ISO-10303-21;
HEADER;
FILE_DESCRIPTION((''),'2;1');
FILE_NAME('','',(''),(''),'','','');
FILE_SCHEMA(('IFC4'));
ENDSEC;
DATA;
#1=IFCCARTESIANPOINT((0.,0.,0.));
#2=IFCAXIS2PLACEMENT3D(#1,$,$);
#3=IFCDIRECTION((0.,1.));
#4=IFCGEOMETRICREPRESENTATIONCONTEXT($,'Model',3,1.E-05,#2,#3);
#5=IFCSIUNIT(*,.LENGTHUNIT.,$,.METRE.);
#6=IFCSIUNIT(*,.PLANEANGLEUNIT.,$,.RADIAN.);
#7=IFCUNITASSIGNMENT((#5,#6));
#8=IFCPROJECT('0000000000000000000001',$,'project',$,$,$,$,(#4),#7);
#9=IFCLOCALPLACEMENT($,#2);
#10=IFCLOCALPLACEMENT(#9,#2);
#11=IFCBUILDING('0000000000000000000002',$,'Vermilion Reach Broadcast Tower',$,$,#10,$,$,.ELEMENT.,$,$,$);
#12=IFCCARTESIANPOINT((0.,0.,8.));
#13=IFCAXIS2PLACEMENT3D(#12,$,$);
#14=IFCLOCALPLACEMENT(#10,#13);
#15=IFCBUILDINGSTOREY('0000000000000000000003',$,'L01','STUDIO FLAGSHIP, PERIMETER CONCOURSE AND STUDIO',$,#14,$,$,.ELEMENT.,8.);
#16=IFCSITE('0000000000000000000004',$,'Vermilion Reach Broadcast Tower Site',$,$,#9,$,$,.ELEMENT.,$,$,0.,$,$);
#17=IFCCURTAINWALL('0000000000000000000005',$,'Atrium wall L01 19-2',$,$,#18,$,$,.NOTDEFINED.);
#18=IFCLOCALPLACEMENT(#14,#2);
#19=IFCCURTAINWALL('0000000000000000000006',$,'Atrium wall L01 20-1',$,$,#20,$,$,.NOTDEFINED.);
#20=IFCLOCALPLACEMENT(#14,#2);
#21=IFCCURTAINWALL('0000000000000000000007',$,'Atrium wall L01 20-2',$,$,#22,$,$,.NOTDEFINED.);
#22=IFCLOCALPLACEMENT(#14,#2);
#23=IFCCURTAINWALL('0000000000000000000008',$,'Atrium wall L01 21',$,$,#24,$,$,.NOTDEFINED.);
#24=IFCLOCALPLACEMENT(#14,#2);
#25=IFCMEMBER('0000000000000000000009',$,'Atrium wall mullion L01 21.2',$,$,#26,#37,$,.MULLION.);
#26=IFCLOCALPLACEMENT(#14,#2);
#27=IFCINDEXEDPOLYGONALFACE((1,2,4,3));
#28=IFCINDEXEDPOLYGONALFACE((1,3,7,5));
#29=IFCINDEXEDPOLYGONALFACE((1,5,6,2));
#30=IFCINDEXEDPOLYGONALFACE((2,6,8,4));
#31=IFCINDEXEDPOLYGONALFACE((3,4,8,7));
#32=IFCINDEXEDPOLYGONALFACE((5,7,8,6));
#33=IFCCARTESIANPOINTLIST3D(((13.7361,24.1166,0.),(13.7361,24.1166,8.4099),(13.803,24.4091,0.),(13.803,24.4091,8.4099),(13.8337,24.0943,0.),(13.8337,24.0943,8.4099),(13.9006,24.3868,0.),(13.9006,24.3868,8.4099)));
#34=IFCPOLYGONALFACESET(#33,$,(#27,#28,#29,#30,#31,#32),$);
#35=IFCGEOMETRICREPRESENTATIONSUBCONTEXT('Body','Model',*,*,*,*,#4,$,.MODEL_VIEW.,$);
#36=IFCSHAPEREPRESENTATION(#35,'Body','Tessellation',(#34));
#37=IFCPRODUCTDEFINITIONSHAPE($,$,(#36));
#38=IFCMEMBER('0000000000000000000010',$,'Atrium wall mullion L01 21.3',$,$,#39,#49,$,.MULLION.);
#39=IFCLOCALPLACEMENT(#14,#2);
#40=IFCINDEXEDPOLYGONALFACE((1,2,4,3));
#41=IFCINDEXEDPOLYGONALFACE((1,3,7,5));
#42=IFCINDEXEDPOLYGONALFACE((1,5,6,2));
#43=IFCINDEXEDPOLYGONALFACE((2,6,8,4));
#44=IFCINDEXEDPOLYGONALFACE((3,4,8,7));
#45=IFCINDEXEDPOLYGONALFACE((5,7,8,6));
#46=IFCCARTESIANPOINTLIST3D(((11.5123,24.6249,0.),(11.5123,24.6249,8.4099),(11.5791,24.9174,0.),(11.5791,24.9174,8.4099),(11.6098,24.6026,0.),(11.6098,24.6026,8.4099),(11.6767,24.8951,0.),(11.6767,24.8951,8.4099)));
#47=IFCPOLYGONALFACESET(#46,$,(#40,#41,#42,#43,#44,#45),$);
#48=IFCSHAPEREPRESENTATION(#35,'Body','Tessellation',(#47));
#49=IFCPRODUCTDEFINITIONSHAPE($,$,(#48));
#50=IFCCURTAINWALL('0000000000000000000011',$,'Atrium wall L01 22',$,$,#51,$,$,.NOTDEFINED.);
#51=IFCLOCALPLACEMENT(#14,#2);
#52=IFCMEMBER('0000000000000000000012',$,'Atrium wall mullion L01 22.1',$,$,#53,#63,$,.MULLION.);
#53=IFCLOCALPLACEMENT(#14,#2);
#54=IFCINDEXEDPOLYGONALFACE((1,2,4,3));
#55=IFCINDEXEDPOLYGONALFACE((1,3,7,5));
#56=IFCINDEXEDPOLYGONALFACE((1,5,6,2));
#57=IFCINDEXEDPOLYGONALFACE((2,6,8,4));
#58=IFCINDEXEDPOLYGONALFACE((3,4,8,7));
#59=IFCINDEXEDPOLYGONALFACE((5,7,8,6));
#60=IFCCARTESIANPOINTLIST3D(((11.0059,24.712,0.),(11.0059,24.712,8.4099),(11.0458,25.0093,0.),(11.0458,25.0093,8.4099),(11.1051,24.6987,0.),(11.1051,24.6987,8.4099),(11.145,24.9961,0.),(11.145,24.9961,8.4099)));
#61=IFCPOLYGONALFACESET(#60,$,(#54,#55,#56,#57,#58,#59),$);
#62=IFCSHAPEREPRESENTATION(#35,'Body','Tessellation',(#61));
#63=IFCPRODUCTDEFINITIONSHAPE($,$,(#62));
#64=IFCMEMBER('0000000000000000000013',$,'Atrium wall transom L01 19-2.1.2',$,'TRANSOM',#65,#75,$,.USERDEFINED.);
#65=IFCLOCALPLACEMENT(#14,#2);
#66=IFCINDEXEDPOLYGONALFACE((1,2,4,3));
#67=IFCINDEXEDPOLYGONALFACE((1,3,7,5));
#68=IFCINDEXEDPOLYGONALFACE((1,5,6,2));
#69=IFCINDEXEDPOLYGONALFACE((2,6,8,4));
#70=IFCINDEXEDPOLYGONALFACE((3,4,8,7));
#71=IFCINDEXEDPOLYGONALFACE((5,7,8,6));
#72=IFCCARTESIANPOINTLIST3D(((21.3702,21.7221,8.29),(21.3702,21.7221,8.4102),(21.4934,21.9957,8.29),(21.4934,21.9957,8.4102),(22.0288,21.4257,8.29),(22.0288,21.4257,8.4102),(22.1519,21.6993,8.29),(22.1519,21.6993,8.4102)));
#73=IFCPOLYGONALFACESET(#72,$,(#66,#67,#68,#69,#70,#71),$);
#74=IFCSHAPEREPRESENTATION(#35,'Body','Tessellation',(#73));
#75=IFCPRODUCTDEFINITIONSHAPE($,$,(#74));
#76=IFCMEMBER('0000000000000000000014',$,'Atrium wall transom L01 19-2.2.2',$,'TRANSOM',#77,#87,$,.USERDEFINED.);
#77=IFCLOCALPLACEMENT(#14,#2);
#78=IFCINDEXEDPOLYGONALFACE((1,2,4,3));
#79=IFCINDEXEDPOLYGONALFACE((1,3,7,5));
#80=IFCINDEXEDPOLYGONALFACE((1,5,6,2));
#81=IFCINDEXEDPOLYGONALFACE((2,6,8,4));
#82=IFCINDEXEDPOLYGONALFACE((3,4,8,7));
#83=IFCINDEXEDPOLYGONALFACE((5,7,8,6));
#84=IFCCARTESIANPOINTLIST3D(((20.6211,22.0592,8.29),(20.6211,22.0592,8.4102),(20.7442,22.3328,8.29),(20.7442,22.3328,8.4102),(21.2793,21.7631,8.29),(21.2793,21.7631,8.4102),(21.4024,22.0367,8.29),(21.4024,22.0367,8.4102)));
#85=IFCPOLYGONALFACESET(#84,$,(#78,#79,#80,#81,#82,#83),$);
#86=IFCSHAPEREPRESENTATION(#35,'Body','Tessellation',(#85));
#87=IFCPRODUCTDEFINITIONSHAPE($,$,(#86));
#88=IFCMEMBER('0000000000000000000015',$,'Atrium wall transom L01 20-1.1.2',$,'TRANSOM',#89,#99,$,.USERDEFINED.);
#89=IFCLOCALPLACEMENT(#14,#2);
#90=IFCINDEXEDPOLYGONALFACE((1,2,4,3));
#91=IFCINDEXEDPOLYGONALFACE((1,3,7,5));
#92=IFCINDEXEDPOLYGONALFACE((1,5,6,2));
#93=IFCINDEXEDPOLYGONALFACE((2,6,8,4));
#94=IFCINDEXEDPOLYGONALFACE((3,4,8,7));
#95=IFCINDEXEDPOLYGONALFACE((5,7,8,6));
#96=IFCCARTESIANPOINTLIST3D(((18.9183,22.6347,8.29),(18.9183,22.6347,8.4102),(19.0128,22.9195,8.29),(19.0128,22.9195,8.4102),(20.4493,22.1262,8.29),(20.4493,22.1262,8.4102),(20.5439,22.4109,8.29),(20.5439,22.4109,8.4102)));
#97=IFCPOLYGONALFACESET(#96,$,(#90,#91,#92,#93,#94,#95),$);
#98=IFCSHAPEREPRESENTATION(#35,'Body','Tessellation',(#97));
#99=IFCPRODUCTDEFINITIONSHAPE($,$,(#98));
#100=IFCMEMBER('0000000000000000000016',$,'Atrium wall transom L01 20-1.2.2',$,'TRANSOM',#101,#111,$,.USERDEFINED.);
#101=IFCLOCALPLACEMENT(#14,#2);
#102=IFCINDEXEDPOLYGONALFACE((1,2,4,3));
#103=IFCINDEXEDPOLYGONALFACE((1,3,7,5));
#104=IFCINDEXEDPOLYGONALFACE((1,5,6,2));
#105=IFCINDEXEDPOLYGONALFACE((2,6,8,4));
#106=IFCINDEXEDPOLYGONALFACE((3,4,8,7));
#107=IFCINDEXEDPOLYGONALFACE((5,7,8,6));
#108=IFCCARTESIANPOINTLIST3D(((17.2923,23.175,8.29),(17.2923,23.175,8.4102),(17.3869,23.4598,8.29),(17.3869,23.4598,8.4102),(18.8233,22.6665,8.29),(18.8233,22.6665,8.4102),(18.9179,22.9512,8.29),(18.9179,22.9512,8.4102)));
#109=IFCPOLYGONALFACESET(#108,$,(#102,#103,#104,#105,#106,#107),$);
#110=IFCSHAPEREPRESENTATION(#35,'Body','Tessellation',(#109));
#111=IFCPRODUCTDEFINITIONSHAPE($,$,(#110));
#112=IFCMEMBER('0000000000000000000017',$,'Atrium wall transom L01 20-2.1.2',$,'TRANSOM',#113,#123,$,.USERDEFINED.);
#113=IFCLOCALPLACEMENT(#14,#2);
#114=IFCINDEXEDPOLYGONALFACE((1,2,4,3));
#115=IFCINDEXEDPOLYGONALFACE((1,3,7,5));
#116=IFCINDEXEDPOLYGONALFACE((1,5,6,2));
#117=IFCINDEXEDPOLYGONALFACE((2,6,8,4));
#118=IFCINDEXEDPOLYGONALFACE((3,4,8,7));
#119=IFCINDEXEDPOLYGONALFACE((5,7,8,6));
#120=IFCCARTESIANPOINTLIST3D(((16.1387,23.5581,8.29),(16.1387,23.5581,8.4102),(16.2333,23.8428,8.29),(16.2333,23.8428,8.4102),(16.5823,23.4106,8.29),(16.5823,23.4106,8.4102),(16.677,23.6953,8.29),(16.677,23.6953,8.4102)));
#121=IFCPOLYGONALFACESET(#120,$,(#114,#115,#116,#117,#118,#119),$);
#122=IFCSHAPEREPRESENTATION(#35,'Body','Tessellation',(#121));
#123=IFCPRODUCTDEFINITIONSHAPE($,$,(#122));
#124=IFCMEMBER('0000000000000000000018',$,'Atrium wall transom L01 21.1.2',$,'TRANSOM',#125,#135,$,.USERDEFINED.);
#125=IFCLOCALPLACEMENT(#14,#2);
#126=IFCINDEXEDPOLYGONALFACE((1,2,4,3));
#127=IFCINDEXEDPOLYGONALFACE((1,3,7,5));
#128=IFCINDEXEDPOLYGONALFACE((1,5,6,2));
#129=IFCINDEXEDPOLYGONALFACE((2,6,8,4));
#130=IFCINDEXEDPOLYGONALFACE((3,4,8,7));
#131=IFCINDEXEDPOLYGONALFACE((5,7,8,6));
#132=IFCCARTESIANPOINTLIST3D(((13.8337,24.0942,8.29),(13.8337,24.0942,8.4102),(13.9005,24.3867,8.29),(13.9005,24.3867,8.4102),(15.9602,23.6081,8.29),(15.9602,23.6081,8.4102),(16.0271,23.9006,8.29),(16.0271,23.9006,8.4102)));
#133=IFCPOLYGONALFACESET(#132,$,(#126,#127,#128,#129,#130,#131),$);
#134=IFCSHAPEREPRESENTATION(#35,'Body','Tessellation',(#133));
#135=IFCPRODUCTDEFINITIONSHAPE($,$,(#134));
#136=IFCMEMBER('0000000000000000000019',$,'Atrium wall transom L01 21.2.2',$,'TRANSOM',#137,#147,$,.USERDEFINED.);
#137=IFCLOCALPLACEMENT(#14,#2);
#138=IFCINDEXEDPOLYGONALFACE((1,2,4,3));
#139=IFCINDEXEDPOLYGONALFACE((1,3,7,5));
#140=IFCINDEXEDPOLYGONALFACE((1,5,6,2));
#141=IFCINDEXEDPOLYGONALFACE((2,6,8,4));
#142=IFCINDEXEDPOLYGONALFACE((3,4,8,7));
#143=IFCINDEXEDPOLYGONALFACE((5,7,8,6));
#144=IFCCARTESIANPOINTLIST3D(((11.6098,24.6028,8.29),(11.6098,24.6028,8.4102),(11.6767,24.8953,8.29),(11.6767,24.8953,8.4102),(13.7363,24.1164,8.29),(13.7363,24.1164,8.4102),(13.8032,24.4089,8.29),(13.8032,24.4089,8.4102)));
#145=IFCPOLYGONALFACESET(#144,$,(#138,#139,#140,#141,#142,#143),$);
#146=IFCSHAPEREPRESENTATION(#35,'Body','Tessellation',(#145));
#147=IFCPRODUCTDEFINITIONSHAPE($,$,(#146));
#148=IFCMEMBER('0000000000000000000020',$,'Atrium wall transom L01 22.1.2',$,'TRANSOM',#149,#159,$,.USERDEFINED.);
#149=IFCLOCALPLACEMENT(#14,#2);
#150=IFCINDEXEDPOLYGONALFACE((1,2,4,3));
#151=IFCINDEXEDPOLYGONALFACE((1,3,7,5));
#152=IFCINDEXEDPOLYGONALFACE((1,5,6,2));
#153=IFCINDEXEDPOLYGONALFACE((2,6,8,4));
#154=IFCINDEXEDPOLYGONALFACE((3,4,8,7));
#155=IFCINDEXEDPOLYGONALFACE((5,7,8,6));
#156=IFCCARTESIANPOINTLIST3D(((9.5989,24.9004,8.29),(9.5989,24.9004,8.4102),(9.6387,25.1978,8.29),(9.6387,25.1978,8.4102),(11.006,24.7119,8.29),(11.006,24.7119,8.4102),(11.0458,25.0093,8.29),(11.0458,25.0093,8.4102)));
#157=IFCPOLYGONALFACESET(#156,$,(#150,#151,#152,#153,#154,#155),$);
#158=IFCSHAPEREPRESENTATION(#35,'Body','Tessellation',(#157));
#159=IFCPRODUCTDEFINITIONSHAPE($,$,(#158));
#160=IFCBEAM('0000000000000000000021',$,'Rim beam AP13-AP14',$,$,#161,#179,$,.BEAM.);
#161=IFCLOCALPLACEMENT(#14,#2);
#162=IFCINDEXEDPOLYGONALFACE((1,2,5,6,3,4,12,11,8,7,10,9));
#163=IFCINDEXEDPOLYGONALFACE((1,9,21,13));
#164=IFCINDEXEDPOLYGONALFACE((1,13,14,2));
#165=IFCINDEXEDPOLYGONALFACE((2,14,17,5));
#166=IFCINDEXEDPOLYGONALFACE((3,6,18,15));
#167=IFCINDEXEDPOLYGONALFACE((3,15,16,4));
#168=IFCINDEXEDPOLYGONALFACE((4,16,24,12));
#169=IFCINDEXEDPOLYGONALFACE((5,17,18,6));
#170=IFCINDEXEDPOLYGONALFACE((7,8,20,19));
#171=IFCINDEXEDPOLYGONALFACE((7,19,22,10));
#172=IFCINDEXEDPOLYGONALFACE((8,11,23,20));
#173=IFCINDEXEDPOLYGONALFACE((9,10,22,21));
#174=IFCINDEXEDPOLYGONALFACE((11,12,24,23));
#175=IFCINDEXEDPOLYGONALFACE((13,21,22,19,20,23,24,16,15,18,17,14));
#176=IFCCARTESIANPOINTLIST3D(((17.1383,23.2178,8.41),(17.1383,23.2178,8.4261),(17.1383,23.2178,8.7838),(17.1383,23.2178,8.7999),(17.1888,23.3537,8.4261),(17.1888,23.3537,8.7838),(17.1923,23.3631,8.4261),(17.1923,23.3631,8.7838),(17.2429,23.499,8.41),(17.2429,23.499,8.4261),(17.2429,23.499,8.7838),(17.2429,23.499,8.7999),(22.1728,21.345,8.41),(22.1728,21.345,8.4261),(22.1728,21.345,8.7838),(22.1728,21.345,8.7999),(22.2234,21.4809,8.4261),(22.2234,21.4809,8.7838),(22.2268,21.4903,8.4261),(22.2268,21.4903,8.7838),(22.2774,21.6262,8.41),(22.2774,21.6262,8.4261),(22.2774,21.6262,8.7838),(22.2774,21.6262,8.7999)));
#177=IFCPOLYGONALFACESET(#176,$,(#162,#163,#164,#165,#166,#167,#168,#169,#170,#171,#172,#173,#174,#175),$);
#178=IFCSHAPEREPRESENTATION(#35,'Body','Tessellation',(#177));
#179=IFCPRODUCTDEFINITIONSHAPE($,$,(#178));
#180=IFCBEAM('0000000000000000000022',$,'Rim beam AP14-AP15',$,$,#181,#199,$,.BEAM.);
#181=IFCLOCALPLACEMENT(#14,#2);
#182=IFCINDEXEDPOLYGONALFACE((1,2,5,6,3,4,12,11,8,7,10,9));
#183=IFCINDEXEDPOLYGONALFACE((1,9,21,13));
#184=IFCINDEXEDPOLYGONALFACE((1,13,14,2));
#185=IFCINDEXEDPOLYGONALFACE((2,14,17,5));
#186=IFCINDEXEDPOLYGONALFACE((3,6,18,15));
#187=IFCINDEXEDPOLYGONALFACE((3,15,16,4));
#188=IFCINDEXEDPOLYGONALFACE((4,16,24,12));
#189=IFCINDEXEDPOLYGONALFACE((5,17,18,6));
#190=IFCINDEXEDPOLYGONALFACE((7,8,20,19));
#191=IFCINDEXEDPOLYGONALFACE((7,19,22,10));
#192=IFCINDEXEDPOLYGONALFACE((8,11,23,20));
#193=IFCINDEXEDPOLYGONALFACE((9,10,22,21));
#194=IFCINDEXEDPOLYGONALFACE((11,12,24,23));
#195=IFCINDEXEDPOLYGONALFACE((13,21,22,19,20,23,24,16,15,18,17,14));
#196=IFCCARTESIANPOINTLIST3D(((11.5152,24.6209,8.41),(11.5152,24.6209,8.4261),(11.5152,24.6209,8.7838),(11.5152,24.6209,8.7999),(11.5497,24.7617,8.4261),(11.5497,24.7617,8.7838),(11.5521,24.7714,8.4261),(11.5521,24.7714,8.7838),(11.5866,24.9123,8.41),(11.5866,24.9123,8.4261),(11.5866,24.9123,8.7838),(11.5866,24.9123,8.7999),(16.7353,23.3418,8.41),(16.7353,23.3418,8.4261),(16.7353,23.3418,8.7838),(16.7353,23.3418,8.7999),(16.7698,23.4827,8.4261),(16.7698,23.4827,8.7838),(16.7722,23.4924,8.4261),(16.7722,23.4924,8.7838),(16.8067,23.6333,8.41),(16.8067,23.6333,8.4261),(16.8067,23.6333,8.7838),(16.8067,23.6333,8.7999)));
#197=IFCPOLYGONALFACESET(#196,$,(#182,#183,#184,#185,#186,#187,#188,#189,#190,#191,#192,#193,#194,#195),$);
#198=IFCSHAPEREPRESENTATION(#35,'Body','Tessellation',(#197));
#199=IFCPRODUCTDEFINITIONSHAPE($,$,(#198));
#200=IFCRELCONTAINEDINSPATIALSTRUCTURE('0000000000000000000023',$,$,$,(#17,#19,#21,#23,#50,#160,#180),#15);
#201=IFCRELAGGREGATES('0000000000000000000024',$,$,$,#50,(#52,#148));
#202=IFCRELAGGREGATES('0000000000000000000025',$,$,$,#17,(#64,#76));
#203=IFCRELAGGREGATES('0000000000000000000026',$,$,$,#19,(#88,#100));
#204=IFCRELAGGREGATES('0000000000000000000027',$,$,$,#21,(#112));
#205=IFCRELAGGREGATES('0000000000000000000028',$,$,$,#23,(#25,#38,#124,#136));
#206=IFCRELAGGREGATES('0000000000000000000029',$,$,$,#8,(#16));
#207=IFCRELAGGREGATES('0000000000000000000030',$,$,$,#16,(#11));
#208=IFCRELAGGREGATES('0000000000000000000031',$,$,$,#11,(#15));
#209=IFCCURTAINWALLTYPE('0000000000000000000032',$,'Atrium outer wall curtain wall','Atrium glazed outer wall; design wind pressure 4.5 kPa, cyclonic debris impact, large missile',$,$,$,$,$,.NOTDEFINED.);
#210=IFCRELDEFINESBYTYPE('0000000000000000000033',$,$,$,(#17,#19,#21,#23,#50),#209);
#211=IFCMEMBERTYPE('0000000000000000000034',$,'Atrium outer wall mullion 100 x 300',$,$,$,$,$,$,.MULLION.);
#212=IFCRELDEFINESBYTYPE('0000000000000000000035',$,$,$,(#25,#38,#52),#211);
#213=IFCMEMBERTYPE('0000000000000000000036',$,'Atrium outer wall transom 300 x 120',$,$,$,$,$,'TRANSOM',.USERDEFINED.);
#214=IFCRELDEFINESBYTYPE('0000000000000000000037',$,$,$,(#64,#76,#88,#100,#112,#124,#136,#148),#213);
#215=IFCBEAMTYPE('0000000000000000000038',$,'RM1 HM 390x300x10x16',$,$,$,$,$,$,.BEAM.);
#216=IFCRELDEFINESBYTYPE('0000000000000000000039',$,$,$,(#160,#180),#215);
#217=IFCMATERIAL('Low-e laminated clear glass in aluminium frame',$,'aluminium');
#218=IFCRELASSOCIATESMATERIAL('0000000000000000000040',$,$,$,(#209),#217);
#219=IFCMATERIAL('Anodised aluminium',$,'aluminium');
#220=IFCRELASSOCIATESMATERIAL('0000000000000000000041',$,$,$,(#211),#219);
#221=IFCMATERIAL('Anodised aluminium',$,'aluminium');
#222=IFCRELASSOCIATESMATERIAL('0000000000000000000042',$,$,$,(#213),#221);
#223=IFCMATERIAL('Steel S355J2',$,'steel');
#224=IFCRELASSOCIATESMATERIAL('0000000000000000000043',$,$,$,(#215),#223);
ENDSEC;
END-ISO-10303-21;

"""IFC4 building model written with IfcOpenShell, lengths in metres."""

from ifc_helpers import new_model, si_unit, direction, frame, origin, origin_2d, place, context, subcontext, project, spatial, rectangle, i_section, extrude, material, material_profile, profile_set, type_object, element, aggregate, save


model = new_model("IFC4")

# Units and contexts
model_context = context("Model", 3, precision=1e-05, world=origin(), true_north=direction((0.0, 1.0)))
body_context = subcontext(model_context, "Body", "Model", "MODEL_VIEW")
ifc_project = project(units=[si_unit("LENGTHUNIT", "METRE"), si_unit("PLANEANGLEUNIT", "RADIAN")], contexts=[model_context])

# Site, building, storey
site_placement = place(None, origin())
site = spatial("IfcSite", under=ifc_project, at=site_placement, Name="Vermilion Reach Broadcast Tower Site", CompositionType="ELEMENT", RefElevation=0.0)
building_placement = place(site_placement, origin())
building = spatial("IfcBuilding", under=site, at=building_placement, Name="Vermilion Reach Broadcast Tower", CompositionType="ELEMENT")
storey_placement = place(building_placement, frame((0.0, 0.0, 8.0)))
storey = spatial("IfcBuildingStorey", under=building, at=storey_placement, Name="L01", Description="STUDIO FLAGSHIP, PERIMETER CONCOURSE AND STUDIO", CompositionType="ELEMENT", Elevation=8.0)

# Shared definitions
ifc_material_1 = material(Name="Low-e laminated clear glass in aluminium frame", Category="aluminium")
curtain_wall_type = type_object("IfcCurtainWallType", Name="Atrium outer wall curtain wall", Description="Atrium glazed outer wall; design wind pressure 4.5 kPa, cyclonic debris impact, large missile", PredefinedType="NOTDEFINED", material=ifc_material_1)
placement = place(storey_placement, origin())
ifc_material_2 = material(Name="Anodised aluminium", Category="aluminium")
ifc_material_profile_1 = material_profile(ifc_material_2, rectangle(XDim=0.3, YDim=0.1001, at=origin_2d()), Name="Atrium outer wall mullion 100 x 300")
ifc_profile_set_1 = profile_set([ifc_material_profile_1], Name="Anodised aluminium")
member_type_1 = type_object("IfcMemberType", Name="Atrium outer wall mullion 100 x 300", PredefinedType="MULLION", material=ifc_profile_set_1)

# Curtain walls, members
curtain_wall_1 = element("IfcCurtainWall", 1, at=placement, inside=storey, type_object=curtain_wall_type, Name="Atrium wall L01 19-2", PredefinedType="NOTDEFINED")
curtain_wall_2 = element("IfcCurtainWall", 2, at=placement, inside=storey, type_object=curtain_wall_type, Name="Atrium wall L01 20-1", PredefinedType="NOTDEFINED")
curtain_wall_3 = element("IfcCurtainWall", 3, at=placement, inside=storey, type_object=curtain_wall_type, Name="Atrium wall L01 20-2", PredefinedType="NOTDEFINED")
curtain_wall_4 = element("IfcCurtainWall", 4, at=placement, inside=storey, type_object=curtain_wall_type, Name="Atrium wall L01 21", PredefinedType="NOTDEFINED")
member_1_placement = place(storey_placement, frame((13.8184, 24.2517, 0.0), z_axis=(0.0, 0.0, 1.0), x_axis=(-0.222892, -0.974843, 0.0)))
member_1 = element("IfcMember", 5, at=member_1_placement, type_object=member_type_1, Name="Atrium wall mullion L01 21.2", PredefinedType="MULLION", context=body_context, shape_type="SweptSolid", body=[
    extrude(rectangle(XDim=0.3, YDim=0.1001, at=origin_2d()), origin(), (0.0, 0.0, 1.0), 8.4099),
])
member_2_placement = place(storey_placement, frame((11.5945, 24.76, 0.0), z_axis=(0.0, 0.0, 1.0), x_axis=(-0.222892, -0.974843, 0.0)))
member_2 = element("IfcMember", 6, at=member_2_placement, type_object=member_type_1, Name="Atrium wall mullion L01 21.3", PredefinedType="MULLION", context=body_context, shape_type="SweptSolid", body=[
    extrude(rectangle(XDim=0.3, YDim=0.1001, at=origin_2d()), origin(), (0.0, 0.0, 1.0), 8.4099),
])

# Curtain wall, member
curtain_wall_5 = element("IfcCurtainWall", 7, at=placement, inside=storey, type_object=curtain_wall_type, Name="Atrium wall L01 22", PredefinedType="NOTDEFINED")
member_3_placement = place(storey_placement, frame((11.0754, 24.854, 0.0), z_axis=(0.0, 0.0, 1.0), x_axis=(-0.132794, -0.991144, 0.0)))
member_3 = element("IfcMember", 8, at=member_3_placement, type_object=member_type_1, Name="Atrium wall mullion L01 22.1", PredefinedType="MULLION", context=body_context, shape_type="SweptSolid", body=[
    extrude(rectangle(XDim=0.3, YDim=0.1001, at=origin_2d()), origin(), (0.0, 0.0, 1.0), 8.4099),
])

# Members
ifc_material_3 = material(Name="Anodised aluminium", Category="aluminium")
ifc_material_profile_2 = material_profile(ifc_material_3, rectangle(XDim=0.3, YDim=0.1201, at=origin_2d()), Name="Atrium outer wall transom 300 x 120")
ifc_profile_set_2 = profile_set([ifc_material_profile_2], Name="Anodised aluminium")
member_type_2 = type_object("IfcMemberType", Name="Atrium outer wall transom 300 x 120", ElementType="TRANSOM", PredefinedType="USERDEFINED", material=ifc_profile_set_2)
member_4_placement = place(storey_placement, frame((22.0903, 21.5625, 8.3501), z_axis=(-0.911877, 0.410463, 0.0), x_axis=(-0.410463, -0.911877, 0.0)))
member_4 = element("IfcMember", 9, at=member_4_placement, type_object=member_type_2, Name="Atrium wall transom L01 19-2.1.2", ObjectType="TRANSOM", PredefinedType="USERDEFINED", context=body_context, shape_type="SweptSolid", body=[
    extrude(rectangle(XDim=0.3, YDim=0.1201, at=origin_2d()), origin(), (0.0, 0.0, 1.0), 0.7222),
])
member_5_placement = place(storey_placement, frame((21.3408, 21.8999, 8.3501), z_axis=(-0.911947, 0.410308, 0.0), x_axis=(-0.410308, -0.911947, 0.0)))
member_5 = element("IfcMember", 10, at=member_5_placement, type_object=member_type_2, Name="Atrium wall transom L01 19-2.2.2", ObjectType="TRANSOM", PredefinedType="USERDEFINED", context=body_context, shape_type="SweptSolid", body=[
    extrude(rectangle(XDim=0.3, YDim=0.1201, at=origin_2d()), origin(), (0.0, 0.0, 1.0), 0.7217),
])
member_6_placement = place(storey_placement, frame((20.4966, 22.2686, 8.3501), z_axis=(-0.949016, 0.315229, 0.0), x_axis=(-0.315229, -0.949016, 0.0)))
member_6 = element("IfcMember", 11, at=member_6_placement, type_object=member_type_2, Name="Atrium wall transom L01 20-1.1.2", ObjectType="TRANSOM", PredefinedType="USERDEFINED", context=body_context, shape_type="SweptSolid", body=[
    extrude(rectangle(XDim=0.3, YDim=0.1201, at=origin_2d()), origin(), (0.0, 0.0, 1.0), 1.6133),
])
member_7_placement = place(storey_placement, frame((18.8706, 22.8088, 8.3501), z_axis=(-0.949016, 0.315229, 0.0), x_axis=(-0.315229, -0.949016, 0.0)))
member_7 = element("IfcMember", 12, at=member_7_placement, type_object=member_type_2, Name="Atrium wall transom L01 20-1.2.2", ObjectType="TRANSOM", PredefinedType="USERDEFINED", context=body_context, shape_type="SweptSolid", body=[
    extrude(rectangle(XDim=0.3, YDim=0.1201, at=origin_2d()), origin(), (0.0, 0.0, 1.0), 1.6133),
])
member_8_placement = place(storey_placement, frame((16.6296, 23.553, 8.3501), z_axis=(-0.948944, 0.315444, 0.0), x_axis=(-0.315444, -0.948944, 0.0)))
member_8 = element("IfcMember", 13, at=member_8_placement, type_object=member_type_2, Name="Atrium wall transom L01 20-2.1.2", ObjectType="TRANSOM", PredefinedType="USERDEFINED", context=body_context, shape_type="SweptSolid", body=[
    extrude(rectangle(XDim=0.3, YDim=0.1201, at=origin_2d()), origin(), (0.0, 0.0, 1.0), 0.4675),
])
member_9_placement = place(storey_placement, frame((15.9937, 23.7544, 8.3501), z_axis=(-0.974855, 0.22284, 0.0), x_axis=(-0.22284, -0.974855, 0.0)))
member_9 = element("IfcMember", 14, at=member_9_placement, type_object=member_type_2, Name="Atrium wall transom L01 21.1.2", ObjectType="TRANSOM", PredefinedType="USERDEFINED", context=body_context, shape_type="SweptSolid", body=[
    extrude(rectangle(XDim=0.3, YDim=0.1201, at=origin_2d()), origin(), (0.0, 0.0, 1.0), 2.1814),
])
member_10_placement = place(storey_placement, frame((13.7698, 24.2627, 8.3501), z_axis=(-0.974831, 0.222946, 0.0), x_axis=(-0.222946, -0.974831, 0.0)))
member_10 = element("IfcMember", 15, at=member_10_placement, type_object=member_type_2, Name="Atrium wall transom L01 21.2.2", ObjectType="TRANSOM", PredefinedType="USERDEFINED", context=body_context, shape_type="SweptSolid", body=[
    extrude(rectangle(XDim=0.3, YDim=0.1201, at=origin_2d()), origin(), (0.0, 0.0, 1.0), 2.1814),
])
member_11_placement = place(storey_placement, frame((11.0259, 24.8606, 8.3501), z_axis=(-0.99115, 0.132749, 0.0), x_axis=(-0.132749, -0.99115, 0.0)))
member_11 = element("IfcMember", 16, at=member_11_placement, type_object=member_type_2, Name="Atrium wall transom L01 22.1.2", ObjectType="TRANSOM", PredefinedType="USERDEFINED", context=body_context, shape_type="SweptSolid", body=[
    extrude(rectangle(XDim=0.3, YDim=0.1201, at=origin_2d()), origin(), (0.0, 0.0, 1.0), 1.4197),
])
aggregate(curtain_wall_5, [member_3, member_11])

# Beams
ifc_material_4 = material(Name="Steel S355J2", Category="steel")
ifc_material_profile_3 = material_profile(ifc_material_4, i_section(OverallWidth=0.3, OverallDepth=0.3899, WebThickness=0.01, FlangeThickness=0.0161, at=origin_2d()), Name="S355J2 HM 390x300x10x16")
ifc_profile_set_3 = profile_set([ifc_material_profile_3], Name="Steel S355J2")
beam_type = type_object("IfcBeamType", Name="RM1 HM 390x300x10x16", PredefinedType="BEAM", material=ifc_profile_set_3)
beam_1_placement = place(storey_placement, frame((22.2251, 21.4856, 8.605), z_axis=(-0.937251, 0.348657, 0.0), x_axis=(-0.348657, -0.937251, 0.0)))
element("IfcBeam", 17, at=beam_1_placement, inside=storey, type_object=beam_type, Name="Rim beam AP13-AP14", PredefinedType="BEAM", context=body_context, shape_type="SweptSolid", body=[
    extrude(i_section(OverallWidth=0.3, OverallDepth=0.3899, WebThickness=0.01, FlangeThickness=0.0161, at=origin_2d()), origin(), (0.0, 0.0, 1.0), 5.3716),
])
beam_2_placement = place(storey_placement, frame((16.771, 23.4875, 8.605), z_axis=(-0.97127, 0.23798, 0.0), x_axis=(-0.23798, -0.97127, 0.0)))
element("IfcBeam", 18, at=beam_2_placement, inside=storey, type_object=beam_type, Name="Rim beam AP14-AP15", PredefinedType="BEAM", context=body_context, shape_type="SweptSolid", body=[
    extrude(i_section(OverallWidth=0.3, OverallDepth=0.3899, WebThickness=0.01, FlangeThickness=0.0161, at=origin_2d()), origin(), (0.0, 0.0, 1.0), 5.3745),
])

aggregate(curtain_wall_1, [member_4, member_5])
aggregate(curtain_wall_2, [member_6, member_7])
aggregate(curtain_wall_3, [member_8])
aggregate(curtain_wall_4, [member_1, member_2, member_9, member_10])

save(model, "model.ifc")
